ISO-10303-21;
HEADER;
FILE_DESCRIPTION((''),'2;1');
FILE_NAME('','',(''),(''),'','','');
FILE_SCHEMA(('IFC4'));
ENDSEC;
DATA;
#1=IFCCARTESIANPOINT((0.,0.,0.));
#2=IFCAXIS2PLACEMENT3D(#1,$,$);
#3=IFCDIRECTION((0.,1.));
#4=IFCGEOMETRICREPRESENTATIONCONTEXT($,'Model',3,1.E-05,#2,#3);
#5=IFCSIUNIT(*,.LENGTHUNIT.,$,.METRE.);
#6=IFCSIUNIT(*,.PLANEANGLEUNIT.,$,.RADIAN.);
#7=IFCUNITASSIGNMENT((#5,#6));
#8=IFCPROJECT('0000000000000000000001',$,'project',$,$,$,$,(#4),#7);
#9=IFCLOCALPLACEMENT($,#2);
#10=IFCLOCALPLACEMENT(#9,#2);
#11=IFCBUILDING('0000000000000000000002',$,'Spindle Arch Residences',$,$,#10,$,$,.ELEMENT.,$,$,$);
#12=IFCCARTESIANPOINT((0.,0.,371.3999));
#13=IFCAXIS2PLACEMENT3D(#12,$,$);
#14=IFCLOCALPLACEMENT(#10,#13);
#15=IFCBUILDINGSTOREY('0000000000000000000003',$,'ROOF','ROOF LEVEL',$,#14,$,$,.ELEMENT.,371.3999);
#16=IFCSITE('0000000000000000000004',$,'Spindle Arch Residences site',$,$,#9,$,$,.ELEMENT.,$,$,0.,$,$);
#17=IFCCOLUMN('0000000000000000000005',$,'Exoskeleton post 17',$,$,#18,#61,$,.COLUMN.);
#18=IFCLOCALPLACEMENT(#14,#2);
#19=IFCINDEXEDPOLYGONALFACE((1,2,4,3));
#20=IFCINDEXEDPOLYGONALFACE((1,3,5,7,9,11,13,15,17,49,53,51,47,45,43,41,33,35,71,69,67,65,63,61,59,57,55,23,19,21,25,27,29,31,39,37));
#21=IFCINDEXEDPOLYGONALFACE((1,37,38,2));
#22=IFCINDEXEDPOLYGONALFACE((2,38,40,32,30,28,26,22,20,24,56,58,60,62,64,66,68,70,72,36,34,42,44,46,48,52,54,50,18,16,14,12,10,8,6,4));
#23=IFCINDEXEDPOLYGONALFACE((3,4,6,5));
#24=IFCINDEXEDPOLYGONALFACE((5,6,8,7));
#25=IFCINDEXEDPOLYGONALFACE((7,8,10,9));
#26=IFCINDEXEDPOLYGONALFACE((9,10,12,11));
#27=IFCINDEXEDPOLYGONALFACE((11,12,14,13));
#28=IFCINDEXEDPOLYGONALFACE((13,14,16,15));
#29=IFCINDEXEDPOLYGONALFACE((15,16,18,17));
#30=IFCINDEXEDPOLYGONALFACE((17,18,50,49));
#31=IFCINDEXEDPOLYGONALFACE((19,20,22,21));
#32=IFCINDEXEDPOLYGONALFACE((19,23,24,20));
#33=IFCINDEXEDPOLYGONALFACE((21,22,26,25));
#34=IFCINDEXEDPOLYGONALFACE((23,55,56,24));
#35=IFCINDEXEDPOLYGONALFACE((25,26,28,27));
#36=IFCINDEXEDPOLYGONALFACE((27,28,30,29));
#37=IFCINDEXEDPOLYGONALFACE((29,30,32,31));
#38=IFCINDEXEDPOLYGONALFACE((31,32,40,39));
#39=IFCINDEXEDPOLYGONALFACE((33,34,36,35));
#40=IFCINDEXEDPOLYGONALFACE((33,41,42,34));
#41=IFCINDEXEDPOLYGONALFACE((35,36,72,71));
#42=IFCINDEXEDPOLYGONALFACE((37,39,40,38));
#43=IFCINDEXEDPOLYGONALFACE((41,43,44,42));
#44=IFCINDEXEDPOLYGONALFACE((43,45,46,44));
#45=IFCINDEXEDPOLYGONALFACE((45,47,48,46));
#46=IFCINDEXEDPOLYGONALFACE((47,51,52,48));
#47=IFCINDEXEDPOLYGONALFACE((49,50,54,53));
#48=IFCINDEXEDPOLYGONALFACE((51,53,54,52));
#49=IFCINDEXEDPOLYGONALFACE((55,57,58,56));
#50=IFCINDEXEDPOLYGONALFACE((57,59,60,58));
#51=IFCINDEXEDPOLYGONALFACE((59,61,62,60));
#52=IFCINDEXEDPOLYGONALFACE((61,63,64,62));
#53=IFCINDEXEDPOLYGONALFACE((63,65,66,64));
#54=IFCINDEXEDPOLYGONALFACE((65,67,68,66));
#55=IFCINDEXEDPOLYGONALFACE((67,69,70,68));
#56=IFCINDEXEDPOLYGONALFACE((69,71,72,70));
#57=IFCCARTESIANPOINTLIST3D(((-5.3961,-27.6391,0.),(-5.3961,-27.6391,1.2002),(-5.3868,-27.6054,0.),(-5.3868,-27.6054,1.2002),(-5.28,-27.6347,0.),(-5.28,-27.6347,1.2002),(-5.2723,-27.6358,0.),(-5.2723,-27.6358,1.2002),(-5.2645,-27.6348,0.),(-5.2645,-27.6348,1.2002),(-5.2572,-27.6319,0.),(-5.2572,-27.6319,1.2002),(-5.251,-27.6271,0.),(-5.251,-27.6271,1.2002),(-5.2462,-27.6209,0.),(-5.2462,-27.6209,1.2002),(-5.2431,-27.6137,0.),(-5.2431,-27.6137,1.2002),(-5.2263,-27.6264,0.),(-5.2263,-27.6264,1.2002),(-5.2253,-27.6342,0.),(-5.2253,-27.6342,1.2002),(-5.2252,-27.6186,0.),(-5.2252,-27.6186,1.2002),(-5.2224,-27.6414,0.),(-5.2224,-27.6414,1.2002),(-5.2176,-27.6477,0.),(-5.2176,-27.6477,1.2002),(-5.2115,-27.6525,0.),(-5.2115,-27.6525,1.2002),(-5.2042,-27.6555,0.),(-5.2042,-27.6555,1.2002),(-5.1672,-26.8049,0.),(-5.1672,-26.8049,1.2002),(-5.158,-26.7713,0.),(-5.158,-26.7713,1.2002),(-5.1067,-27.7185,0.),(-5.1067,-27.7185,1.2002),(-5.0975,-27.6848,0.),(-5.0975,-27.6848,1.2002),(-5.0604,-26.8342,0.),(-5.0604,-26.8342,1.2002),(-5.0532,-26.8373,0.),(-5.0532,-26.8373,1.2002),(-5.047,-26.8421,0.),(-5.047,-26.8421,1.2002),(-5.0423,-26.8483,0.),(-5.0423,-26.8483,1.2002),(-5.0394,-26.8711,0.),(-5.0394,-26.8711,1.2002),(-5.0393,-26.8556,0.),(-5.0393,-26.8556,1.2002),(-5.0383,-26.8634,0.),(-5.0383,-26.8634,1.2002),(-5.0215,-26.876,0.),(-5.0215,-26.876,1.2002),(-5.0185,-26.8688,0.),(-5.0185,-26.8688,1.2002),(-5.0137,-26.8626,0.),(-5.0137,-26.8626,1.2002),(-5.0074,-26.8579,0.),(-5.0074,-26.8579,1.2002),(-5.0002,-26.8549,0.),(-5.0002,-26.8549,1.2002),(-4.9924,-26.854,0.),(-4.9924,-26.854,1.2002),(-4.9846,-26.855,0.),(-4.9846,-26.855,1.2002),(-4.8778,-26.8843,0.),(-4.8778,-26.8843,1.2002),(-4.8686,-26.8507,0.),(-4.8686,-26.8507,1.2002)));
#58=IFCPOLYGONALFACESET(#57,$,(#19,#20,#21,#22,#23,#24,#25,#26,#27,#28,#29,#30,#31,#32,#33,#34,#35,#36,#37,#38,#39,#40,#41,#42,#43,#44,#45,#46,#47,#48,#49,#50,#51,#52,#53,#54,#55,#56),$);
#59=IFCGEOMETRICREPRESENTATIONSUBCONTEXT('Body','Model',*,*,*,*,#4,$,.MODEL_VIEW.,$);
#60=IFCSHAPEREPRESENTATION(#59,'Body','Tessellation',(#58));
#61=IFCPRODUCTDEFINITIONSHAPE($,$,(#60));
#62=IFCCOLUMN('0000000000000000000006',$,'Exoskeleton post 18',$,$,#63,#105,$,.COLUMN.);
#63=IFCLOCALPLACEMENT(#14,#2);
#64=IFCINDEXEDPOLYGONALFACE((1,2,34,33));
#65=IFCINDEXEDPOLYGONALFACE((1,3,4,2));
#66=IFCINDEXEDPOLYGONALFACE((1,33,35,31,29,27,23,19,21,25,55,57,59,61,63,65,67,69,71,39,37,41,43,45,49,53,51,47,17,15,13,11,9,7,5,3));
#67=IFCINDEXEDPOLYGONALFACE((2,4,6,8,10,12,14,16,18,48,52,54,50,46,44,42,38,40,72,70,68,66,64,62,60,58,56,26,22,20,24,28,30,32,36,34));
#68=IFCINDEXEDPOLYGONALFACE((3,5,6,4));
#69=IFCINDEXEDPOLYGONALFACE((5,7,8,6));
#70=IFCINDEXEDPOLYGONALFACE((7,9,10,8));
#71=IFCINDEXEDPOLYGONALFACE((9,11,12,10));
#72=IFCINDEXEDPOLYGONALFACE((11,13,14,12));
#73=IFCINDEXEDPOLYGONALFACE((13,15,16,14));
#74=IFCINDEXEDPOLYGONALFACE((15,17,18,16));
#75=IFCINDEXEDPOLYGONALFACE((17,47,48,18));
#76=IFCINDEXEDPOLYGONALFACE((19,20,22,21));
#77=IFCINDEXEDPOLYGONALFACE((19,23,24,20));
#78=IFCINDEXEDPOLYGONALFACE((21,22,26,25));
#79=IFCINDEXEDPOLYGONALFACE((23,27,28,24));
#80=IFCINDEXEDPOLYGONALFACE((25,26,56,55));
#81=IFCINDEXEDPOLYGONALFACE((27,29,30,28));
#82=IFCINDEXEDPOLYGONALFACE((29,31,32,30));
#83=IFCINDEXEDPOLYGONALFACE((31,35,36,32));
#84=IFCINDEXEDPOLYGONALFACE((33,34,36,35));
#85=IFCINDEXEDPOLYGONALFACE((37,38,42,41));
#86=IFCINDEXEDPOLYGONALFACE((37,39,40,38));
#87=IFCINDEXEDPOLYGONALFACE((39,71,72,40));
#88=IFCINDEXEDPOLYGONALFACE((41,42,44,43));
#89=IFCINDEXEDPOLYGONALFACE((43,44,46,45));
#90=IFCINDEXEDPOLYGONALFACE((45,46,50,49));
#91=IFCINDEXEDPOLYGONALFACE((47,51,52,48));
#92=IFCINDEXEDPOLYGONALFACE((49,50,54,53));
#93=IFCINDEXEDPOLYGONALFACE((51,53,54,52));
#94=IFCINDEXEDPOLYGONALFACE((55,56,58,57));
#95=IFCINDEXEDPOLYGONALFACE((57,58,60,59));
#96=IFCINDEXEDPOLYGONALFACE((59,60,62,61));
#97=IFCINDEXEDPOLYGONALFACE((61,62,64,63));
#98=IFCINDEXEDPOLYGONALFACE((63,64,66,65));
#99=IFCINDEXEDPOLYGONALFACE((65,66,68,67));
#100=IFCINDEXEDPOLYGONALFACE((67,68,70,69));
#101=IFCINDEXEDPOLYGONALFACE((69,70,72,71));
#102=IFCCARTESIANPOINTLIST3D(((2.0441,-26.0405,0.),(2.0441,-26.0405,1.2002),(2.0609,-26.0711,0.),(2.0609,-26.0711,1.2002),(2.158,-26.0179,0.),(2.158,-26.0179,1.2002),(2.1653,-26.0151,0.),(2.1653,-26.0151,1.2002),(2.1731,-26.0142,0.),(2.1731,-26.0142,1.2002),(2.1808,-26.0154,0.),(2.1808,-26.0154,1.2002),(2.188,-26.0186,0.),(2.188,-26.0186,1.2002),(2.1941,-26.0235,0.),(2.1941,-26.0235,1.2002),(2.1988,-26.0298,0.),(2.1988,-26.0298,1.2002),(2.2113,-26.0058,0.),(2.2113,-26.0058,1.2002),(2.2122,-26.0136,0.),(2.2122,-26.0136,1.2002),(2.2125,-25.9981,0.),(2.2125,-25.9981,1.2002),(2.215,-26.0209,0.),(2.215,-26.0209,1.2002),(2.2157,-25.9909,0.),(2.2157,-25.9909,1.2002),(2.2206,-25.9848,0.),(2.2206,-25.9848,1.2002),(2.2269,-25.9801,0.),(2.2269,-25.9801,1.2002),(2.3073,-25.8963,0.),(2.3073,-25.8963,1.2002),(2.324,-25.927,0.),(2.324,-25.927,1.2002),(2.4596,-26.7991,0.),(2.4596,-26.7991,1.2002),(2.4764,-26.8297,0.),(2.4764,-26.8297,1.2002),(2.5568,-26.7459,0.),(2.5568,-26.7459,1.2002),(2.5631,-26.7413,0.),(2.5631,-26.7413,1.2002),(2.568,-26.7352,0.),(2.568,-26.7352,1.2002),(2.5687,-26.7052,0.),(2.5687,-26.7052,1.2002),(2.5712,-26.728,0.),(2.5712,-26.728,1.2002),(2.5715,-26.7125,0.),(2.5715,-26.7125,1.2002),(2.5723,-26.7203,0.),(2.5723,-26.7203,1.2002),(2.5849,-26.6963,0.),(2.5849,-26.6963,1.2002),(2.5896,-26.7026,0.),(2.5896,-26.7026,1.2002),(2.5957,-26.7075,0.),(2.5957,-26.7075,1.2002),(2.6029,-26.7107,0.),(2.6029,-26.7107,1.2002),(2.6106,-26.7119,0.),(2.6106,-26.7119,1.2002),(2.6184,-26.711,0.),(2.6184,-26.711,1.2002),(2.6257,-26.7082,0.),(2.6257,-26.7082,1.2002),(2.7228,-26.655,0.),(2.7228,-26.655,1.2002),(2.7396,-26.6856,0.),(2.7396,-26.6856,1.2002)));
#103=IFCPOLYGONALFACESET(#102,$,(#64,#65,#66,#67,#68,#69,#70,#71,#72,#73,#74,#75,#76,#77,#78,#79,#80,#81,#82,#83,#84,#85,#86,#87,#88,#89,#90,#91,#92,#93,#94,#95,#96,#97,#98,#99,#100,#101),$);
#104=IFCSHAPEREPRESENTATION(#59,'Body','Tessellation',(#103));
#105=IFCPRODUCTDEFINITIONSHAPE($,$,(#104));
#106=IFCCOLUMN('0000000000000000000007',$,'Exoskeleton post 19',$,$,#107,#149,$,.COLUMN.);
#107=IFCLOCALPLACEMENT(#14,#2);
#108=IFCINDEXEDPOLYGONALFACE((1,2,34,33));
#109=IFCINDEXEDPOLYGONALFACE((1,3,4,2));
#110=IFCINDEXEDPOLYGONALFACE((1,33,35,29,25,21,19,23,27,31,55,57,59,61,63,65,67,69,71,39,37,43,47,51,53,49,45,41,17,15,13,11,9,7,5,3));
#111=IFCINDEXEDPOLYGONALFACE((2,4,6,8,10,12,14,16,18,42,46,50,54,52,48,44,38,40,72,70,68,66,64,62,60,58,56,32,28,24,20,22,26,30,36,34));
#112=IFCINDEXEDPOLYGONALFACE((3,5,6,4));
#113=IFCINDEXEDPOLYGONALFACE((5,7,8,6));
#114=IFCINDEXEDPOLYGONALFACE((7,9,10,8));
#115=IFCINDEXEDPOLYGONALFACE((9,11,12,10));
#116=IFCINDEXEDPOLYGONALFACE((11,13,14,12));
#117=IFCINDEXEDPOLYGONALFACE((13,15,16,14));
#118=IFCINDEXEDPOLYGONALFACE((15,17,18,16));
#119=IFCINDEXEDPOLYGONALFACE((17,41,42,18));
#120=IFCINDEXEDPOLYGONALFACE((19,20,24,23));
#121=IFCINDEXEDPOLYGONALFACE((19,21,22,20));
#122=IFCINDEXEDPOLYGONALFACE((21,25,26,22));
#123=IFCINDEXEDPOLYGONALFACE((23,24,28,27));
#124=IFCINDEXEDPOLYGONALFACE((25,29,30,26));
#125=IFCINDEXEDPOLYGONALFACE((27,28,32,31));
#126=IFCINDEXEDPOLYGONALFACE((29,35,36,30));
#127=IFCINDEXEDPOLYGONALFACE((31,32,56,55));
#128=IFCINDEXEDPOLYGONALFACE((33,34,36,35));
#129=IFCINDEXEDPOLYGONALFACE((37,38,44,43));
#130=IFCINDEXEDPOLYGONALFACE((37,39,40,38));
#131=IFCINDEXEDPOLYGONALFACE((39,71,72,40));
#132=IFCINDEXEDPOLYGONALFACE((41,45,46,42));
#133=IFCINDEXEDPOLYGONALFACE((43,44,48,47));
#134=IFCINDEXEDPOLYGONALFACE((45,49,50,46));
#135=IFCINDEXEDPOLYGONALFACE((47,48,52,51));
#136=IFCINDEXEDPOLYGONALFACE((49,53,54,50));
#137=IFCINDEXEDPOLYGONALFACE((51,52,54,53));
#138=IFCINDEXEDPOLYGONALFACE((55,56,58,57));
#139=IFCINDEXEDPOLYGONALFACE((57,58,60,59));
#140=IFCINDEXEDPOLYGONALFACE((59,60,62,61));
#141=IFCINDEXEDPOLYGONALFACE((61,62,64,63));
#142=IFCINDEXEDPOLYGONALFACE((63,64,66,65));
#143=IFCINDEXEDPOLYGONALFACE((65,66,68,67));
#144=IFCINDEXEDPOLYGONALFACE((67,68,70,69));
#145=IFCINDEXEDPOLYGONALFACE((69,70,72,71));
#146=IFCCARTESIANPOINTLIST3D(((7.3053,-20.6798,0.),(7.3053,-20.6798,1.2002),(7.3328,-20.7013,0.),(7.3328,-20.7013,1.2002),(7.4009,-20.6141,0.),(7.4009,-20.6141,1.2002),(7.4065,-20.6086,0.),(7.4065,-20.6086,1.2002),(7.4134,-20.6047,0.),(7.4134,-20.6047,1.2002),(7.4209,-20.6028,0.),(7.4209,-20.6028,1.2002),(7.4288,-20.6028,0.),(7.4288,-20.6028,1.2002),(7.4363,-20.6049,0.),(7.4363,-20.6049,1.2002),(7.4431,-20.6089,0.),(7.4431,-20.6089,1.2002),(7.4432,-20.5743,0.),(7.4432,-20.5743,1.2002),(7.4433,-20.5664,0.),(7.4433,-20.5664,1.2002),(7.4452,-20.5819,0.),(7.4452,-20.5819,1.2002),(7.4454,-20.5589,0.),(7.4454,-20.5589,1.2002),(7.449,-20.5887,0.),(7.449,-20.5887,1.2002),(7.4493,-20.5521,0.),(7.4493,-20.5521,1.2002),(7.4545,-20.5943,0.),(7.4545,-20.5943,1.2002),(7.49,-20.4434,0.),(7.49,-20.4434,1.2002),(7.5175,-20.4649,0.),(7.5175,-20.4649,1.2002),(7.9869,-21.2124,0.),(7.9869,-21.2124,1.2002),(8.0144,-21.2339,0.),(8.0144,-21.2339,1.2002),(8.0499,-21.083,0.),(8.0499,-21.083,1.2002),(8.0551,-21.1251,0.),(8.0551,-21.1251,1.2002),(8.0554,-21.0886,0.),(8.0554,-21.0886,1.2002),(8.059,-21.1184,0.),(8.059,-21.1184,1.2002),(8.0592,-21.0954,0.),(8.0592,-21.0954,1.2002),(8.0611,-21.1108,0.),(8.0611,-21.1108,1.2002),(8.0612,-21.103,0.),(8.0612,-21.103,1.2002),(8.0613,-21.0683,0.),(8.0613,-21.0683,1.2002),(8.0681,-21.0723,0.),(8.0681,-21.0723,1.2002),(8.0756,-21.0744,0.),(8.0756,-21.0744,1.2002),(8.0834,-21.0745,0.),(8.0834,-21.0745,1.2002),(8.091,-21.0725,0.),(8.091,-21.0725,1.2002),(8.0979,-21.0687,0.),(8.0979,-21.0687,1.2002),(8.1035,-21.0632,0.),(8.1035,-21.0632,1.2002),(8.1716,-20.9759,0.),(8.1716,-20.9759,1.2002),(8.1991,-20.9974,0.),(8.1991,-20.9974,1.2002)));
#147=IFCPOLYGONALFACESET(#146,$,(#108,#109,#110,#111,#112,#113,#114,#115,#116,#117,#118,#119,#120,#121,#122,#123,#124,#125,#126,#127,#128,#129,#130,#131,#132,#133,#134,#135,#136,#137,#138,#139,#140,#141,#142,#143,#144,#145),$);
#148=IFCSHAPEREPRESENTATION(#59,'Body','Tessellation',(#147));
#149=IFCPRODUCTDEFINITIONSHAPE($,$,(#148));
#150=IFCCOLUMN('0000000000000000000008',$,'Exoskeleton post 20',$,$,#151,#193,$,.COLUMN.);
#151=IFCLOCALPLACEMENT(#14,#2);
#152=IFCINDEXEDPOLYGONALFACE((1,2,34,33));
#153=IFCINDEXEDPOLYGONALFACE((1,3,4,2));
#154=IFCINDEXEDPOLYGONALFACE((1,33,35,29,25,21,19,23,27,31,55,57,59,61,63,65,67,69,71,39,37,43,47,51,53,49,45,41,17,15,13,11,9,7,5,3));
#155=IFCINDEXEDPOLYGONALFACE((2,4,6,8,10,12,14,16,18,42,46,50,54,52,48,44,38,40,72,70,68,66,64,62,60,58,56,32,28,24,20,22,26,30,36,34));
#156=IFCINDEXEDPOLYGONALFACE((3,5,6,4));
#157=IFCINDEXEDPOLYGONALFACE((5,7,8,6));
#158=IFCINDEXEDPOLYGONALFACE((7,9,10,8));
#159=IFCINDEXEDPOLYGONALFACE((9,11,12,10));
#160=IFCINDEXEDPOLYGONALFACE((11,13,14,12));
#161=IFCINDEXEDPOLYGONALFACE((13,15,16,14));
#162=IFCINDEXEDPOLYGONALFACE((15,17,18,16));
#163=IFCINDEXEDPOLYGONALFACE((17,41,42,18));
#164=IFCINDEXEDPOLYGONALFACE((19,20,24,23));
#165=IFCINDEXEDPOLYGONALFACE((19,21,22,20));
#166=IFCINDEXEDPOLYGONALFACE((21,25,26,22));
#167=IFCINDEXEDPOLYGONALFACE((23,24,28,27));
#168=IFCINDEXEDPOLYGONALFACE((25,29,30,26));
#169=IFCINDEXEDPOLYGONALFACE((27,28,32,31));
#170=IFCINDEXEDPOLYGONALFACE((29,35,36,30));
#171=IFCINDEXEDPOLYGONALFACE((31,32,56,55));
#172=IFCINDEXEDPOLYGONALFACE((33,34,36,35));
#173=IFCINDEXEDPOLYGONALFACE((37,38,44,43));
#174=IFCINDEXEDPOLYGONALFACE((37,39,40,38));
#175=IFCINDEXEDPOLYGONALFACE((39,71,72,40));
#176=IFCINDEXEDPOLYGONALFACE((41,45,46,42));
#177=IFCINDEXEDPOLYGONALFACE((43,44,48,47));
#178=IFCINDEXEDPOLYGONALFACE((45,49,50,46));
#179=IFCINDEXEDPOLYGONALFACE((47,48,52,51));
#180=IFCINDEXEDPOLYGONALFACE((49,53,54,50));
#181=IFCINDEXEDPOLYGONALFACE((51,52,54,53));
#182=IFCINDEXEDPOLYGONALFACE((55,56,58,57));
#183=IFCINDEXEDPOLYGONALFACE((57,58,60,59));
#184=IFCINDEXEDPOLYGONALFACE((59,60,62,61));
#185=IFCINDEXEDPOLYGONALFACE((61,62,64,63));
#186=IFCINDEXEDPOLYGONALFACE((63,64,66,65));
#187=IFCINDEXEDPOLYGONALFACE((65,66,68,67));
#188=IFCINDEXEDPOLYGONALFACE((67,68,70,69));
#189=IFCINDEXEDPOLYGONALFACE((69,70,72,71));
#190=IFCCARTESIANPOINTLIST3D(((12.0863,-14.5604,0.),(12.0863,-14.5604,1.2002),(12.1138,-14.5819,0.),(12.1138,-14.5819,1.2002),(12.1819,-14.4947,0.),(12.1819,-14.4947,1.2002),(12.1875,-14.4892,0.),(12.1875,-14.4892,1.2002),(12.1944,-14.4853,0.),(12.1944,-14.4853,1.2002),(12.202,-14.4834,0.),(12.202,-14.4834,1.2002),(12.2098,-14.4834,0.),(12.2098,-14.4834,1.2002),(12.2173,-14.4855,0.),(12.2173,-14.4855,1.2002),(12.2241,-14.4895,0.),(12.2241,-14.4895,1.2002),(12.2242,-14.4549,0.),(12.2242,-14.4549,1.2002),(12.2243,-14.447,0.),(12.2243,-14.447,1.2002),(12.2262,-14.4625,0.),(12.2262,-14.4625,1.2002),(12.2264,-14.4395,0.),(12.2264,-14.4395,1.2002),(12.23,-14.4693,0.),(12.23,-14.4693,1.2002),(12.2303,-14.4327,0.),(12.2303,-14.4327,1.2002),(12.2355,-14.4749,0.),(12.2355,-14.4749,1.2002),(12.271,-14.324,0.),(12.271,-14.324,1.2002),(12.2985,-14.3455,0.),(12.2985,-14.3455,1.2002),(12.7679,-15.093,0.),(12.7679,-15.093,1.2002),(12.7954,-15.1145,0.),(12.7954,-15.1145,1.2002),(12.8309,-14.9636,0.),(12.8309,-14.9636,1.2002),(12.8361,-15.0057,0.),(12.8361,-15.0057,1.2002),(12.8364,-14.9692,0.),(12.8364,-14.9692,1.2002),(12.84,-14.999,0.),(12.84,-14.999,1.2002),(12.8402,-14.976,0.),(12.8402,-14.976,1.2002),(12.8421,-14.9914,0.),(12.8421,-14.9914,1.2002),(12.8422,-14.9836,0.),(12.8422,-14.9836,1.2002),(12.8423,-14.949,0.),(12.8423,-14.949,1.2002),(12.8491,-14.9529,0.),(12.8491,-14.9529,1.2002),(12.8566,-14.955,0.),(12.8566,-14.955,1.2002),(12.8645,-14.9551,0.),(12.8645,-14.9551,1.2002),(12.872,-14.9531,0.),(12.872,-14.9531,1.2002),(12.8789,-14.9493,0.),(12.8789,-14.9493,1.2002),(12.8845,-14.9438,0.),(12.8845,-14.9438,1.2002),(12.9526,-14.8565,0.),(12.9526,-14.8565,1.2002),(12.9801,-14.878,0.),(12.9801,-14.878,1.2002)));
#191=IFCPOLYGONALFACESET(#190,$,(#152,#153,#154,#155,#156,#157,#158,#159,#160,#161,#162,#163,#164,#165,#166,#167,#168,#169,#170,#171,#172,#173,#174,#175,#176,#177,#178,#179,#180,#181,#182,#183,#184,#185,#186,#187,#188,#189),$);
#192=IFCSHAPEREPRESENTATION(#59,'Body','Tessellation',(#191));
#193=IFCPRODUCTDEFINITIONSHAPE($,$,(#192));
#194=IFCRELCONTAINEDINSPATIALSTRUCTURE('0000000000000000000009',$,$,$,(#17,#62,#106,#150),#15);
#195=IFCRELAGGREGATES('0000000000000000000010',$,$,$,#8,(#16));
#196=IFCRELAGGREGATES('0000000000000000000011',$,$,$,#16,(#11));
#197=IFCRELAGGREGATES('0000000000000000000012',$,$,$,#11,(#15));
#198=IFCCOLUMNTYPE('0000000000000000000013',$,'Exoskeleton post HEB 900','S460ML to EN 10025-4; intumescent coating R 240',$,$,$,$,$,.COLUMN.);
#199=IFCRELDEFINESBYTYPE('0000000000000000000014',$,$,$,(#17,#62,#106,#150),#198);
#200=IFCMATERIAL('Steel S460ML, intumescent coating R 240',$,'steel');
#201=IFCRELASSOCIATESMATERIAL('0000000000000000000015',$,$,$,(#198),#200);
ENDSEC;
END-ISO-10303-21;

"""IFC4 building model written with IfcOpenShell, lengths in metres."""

from ifc_helpers import new_model, si_unit, direction, frame, origin, origin_2d, place, context, subcontext, project, spatial, i_section, extrude, material, material_profile, profile_set, type_object, element, save


model = new_model("IFC4")

# Units and contexts
model_context = context("Model", 3, precision=1e-05, world=origin(), true_north=direction((0.0, 1.0)))
body_context = subcontext(model_context, "Body", "Model", "MODEL_VIEW")
ifc_project = project(units=[si_unit("LENGTHUNIT", "METRE"), si_unit("PLANEANGLEUNIT", "RADIAN")], contexts=[model_context])

# Site, building, storey
site_placement = place(None, origin())
site = spatial("IfcSite", under=ifc_project, at=site_placement, Name="Spindle Arch Residences site", CompositionType="ELEMENT", RefElevation=0.0)
building_placement = place(site_placement, origin())
building = spatial("IfcBuilding", under=site, at=building_placement, Name="Spindle Arch Residences", CompositionType="ELEMENT")
storey_placement = place(building_placement, frame((0.0, 0.0, 371.3999)))
storey = spatial("IfcBuildingStorey", under=building, at=storey_placement, Name="ROOF", Description="ROOF LEVEL", CompositionType="ELEMENT", Elevation=371.3999)

# Columns
ifc_material_1 = material(Name="Steel S460ML, intumescent coating R 240", Category="steel")
ifc_material_profile = material_profile(ifc_material_1, i_section(OverallWidth=0.3, OverallDepth=0.8999, WebThickness=0.0186, FlangeThickness=0.0349, FilletRadius=0.03, at=origin_2d()), Name="HEB 900")
ifc_profile_set = profile_set([ifc_material_profile], Name="Steel S460ML, intumescent coating R 240")
column_type = type_object("IfcColumnType", Name="Exoskeleton post HEB 900", Description="S460ML to EN 10025-4; intumescent coating R 240", PredefinedType="COLUMN", material=ifc_profile_set)
for number, where, z_axis, x_axis, name in (
    (1, (-5.1323, -27.2449, 0.0), (0.0, 0.0, 1.0), (-0.964363, 0.264583, 0.0), "Exoskeleton post 17"),
    (2, (2.3918, -26.363, 0.0), (0.0, 0.0, 1.0), (-0.877055, -0.480389, 0.0), "Exoskeleton post 18"),
    (3, (7.7522, -20.8386, 0.0), (0.0, 0.0, 1.0), (-0.615661, -0.788011, 0.0), "Exoskeleton post 19"),
    (4, (12.5332, -14.7192, 0.0), (0.0, 0.0, 1.0), (-0.615661, -0.788011, 0.0), "Exoskeleton post 20"),
):
    element("IfcColumn", number, at=place(storey_placement, frame(where, z_axis=z_axis, x_axis=x_axis)), inside=storey, type_object=column_type, Name=name, PredefinedType="COLUMN", context=body_context, shape_type="SweptSolid", body=[
        extrude(i_section(OverallWidth=0.3, OverallDepth=0.8999, WebThickness=0.0186, FlangeThickness=0.0349, FilletRadius=0.03, at=origin_2d()), origin(), (0.0, 0.0, 1.0), 1.2002),
    ])

save(model, "model.ifc")
